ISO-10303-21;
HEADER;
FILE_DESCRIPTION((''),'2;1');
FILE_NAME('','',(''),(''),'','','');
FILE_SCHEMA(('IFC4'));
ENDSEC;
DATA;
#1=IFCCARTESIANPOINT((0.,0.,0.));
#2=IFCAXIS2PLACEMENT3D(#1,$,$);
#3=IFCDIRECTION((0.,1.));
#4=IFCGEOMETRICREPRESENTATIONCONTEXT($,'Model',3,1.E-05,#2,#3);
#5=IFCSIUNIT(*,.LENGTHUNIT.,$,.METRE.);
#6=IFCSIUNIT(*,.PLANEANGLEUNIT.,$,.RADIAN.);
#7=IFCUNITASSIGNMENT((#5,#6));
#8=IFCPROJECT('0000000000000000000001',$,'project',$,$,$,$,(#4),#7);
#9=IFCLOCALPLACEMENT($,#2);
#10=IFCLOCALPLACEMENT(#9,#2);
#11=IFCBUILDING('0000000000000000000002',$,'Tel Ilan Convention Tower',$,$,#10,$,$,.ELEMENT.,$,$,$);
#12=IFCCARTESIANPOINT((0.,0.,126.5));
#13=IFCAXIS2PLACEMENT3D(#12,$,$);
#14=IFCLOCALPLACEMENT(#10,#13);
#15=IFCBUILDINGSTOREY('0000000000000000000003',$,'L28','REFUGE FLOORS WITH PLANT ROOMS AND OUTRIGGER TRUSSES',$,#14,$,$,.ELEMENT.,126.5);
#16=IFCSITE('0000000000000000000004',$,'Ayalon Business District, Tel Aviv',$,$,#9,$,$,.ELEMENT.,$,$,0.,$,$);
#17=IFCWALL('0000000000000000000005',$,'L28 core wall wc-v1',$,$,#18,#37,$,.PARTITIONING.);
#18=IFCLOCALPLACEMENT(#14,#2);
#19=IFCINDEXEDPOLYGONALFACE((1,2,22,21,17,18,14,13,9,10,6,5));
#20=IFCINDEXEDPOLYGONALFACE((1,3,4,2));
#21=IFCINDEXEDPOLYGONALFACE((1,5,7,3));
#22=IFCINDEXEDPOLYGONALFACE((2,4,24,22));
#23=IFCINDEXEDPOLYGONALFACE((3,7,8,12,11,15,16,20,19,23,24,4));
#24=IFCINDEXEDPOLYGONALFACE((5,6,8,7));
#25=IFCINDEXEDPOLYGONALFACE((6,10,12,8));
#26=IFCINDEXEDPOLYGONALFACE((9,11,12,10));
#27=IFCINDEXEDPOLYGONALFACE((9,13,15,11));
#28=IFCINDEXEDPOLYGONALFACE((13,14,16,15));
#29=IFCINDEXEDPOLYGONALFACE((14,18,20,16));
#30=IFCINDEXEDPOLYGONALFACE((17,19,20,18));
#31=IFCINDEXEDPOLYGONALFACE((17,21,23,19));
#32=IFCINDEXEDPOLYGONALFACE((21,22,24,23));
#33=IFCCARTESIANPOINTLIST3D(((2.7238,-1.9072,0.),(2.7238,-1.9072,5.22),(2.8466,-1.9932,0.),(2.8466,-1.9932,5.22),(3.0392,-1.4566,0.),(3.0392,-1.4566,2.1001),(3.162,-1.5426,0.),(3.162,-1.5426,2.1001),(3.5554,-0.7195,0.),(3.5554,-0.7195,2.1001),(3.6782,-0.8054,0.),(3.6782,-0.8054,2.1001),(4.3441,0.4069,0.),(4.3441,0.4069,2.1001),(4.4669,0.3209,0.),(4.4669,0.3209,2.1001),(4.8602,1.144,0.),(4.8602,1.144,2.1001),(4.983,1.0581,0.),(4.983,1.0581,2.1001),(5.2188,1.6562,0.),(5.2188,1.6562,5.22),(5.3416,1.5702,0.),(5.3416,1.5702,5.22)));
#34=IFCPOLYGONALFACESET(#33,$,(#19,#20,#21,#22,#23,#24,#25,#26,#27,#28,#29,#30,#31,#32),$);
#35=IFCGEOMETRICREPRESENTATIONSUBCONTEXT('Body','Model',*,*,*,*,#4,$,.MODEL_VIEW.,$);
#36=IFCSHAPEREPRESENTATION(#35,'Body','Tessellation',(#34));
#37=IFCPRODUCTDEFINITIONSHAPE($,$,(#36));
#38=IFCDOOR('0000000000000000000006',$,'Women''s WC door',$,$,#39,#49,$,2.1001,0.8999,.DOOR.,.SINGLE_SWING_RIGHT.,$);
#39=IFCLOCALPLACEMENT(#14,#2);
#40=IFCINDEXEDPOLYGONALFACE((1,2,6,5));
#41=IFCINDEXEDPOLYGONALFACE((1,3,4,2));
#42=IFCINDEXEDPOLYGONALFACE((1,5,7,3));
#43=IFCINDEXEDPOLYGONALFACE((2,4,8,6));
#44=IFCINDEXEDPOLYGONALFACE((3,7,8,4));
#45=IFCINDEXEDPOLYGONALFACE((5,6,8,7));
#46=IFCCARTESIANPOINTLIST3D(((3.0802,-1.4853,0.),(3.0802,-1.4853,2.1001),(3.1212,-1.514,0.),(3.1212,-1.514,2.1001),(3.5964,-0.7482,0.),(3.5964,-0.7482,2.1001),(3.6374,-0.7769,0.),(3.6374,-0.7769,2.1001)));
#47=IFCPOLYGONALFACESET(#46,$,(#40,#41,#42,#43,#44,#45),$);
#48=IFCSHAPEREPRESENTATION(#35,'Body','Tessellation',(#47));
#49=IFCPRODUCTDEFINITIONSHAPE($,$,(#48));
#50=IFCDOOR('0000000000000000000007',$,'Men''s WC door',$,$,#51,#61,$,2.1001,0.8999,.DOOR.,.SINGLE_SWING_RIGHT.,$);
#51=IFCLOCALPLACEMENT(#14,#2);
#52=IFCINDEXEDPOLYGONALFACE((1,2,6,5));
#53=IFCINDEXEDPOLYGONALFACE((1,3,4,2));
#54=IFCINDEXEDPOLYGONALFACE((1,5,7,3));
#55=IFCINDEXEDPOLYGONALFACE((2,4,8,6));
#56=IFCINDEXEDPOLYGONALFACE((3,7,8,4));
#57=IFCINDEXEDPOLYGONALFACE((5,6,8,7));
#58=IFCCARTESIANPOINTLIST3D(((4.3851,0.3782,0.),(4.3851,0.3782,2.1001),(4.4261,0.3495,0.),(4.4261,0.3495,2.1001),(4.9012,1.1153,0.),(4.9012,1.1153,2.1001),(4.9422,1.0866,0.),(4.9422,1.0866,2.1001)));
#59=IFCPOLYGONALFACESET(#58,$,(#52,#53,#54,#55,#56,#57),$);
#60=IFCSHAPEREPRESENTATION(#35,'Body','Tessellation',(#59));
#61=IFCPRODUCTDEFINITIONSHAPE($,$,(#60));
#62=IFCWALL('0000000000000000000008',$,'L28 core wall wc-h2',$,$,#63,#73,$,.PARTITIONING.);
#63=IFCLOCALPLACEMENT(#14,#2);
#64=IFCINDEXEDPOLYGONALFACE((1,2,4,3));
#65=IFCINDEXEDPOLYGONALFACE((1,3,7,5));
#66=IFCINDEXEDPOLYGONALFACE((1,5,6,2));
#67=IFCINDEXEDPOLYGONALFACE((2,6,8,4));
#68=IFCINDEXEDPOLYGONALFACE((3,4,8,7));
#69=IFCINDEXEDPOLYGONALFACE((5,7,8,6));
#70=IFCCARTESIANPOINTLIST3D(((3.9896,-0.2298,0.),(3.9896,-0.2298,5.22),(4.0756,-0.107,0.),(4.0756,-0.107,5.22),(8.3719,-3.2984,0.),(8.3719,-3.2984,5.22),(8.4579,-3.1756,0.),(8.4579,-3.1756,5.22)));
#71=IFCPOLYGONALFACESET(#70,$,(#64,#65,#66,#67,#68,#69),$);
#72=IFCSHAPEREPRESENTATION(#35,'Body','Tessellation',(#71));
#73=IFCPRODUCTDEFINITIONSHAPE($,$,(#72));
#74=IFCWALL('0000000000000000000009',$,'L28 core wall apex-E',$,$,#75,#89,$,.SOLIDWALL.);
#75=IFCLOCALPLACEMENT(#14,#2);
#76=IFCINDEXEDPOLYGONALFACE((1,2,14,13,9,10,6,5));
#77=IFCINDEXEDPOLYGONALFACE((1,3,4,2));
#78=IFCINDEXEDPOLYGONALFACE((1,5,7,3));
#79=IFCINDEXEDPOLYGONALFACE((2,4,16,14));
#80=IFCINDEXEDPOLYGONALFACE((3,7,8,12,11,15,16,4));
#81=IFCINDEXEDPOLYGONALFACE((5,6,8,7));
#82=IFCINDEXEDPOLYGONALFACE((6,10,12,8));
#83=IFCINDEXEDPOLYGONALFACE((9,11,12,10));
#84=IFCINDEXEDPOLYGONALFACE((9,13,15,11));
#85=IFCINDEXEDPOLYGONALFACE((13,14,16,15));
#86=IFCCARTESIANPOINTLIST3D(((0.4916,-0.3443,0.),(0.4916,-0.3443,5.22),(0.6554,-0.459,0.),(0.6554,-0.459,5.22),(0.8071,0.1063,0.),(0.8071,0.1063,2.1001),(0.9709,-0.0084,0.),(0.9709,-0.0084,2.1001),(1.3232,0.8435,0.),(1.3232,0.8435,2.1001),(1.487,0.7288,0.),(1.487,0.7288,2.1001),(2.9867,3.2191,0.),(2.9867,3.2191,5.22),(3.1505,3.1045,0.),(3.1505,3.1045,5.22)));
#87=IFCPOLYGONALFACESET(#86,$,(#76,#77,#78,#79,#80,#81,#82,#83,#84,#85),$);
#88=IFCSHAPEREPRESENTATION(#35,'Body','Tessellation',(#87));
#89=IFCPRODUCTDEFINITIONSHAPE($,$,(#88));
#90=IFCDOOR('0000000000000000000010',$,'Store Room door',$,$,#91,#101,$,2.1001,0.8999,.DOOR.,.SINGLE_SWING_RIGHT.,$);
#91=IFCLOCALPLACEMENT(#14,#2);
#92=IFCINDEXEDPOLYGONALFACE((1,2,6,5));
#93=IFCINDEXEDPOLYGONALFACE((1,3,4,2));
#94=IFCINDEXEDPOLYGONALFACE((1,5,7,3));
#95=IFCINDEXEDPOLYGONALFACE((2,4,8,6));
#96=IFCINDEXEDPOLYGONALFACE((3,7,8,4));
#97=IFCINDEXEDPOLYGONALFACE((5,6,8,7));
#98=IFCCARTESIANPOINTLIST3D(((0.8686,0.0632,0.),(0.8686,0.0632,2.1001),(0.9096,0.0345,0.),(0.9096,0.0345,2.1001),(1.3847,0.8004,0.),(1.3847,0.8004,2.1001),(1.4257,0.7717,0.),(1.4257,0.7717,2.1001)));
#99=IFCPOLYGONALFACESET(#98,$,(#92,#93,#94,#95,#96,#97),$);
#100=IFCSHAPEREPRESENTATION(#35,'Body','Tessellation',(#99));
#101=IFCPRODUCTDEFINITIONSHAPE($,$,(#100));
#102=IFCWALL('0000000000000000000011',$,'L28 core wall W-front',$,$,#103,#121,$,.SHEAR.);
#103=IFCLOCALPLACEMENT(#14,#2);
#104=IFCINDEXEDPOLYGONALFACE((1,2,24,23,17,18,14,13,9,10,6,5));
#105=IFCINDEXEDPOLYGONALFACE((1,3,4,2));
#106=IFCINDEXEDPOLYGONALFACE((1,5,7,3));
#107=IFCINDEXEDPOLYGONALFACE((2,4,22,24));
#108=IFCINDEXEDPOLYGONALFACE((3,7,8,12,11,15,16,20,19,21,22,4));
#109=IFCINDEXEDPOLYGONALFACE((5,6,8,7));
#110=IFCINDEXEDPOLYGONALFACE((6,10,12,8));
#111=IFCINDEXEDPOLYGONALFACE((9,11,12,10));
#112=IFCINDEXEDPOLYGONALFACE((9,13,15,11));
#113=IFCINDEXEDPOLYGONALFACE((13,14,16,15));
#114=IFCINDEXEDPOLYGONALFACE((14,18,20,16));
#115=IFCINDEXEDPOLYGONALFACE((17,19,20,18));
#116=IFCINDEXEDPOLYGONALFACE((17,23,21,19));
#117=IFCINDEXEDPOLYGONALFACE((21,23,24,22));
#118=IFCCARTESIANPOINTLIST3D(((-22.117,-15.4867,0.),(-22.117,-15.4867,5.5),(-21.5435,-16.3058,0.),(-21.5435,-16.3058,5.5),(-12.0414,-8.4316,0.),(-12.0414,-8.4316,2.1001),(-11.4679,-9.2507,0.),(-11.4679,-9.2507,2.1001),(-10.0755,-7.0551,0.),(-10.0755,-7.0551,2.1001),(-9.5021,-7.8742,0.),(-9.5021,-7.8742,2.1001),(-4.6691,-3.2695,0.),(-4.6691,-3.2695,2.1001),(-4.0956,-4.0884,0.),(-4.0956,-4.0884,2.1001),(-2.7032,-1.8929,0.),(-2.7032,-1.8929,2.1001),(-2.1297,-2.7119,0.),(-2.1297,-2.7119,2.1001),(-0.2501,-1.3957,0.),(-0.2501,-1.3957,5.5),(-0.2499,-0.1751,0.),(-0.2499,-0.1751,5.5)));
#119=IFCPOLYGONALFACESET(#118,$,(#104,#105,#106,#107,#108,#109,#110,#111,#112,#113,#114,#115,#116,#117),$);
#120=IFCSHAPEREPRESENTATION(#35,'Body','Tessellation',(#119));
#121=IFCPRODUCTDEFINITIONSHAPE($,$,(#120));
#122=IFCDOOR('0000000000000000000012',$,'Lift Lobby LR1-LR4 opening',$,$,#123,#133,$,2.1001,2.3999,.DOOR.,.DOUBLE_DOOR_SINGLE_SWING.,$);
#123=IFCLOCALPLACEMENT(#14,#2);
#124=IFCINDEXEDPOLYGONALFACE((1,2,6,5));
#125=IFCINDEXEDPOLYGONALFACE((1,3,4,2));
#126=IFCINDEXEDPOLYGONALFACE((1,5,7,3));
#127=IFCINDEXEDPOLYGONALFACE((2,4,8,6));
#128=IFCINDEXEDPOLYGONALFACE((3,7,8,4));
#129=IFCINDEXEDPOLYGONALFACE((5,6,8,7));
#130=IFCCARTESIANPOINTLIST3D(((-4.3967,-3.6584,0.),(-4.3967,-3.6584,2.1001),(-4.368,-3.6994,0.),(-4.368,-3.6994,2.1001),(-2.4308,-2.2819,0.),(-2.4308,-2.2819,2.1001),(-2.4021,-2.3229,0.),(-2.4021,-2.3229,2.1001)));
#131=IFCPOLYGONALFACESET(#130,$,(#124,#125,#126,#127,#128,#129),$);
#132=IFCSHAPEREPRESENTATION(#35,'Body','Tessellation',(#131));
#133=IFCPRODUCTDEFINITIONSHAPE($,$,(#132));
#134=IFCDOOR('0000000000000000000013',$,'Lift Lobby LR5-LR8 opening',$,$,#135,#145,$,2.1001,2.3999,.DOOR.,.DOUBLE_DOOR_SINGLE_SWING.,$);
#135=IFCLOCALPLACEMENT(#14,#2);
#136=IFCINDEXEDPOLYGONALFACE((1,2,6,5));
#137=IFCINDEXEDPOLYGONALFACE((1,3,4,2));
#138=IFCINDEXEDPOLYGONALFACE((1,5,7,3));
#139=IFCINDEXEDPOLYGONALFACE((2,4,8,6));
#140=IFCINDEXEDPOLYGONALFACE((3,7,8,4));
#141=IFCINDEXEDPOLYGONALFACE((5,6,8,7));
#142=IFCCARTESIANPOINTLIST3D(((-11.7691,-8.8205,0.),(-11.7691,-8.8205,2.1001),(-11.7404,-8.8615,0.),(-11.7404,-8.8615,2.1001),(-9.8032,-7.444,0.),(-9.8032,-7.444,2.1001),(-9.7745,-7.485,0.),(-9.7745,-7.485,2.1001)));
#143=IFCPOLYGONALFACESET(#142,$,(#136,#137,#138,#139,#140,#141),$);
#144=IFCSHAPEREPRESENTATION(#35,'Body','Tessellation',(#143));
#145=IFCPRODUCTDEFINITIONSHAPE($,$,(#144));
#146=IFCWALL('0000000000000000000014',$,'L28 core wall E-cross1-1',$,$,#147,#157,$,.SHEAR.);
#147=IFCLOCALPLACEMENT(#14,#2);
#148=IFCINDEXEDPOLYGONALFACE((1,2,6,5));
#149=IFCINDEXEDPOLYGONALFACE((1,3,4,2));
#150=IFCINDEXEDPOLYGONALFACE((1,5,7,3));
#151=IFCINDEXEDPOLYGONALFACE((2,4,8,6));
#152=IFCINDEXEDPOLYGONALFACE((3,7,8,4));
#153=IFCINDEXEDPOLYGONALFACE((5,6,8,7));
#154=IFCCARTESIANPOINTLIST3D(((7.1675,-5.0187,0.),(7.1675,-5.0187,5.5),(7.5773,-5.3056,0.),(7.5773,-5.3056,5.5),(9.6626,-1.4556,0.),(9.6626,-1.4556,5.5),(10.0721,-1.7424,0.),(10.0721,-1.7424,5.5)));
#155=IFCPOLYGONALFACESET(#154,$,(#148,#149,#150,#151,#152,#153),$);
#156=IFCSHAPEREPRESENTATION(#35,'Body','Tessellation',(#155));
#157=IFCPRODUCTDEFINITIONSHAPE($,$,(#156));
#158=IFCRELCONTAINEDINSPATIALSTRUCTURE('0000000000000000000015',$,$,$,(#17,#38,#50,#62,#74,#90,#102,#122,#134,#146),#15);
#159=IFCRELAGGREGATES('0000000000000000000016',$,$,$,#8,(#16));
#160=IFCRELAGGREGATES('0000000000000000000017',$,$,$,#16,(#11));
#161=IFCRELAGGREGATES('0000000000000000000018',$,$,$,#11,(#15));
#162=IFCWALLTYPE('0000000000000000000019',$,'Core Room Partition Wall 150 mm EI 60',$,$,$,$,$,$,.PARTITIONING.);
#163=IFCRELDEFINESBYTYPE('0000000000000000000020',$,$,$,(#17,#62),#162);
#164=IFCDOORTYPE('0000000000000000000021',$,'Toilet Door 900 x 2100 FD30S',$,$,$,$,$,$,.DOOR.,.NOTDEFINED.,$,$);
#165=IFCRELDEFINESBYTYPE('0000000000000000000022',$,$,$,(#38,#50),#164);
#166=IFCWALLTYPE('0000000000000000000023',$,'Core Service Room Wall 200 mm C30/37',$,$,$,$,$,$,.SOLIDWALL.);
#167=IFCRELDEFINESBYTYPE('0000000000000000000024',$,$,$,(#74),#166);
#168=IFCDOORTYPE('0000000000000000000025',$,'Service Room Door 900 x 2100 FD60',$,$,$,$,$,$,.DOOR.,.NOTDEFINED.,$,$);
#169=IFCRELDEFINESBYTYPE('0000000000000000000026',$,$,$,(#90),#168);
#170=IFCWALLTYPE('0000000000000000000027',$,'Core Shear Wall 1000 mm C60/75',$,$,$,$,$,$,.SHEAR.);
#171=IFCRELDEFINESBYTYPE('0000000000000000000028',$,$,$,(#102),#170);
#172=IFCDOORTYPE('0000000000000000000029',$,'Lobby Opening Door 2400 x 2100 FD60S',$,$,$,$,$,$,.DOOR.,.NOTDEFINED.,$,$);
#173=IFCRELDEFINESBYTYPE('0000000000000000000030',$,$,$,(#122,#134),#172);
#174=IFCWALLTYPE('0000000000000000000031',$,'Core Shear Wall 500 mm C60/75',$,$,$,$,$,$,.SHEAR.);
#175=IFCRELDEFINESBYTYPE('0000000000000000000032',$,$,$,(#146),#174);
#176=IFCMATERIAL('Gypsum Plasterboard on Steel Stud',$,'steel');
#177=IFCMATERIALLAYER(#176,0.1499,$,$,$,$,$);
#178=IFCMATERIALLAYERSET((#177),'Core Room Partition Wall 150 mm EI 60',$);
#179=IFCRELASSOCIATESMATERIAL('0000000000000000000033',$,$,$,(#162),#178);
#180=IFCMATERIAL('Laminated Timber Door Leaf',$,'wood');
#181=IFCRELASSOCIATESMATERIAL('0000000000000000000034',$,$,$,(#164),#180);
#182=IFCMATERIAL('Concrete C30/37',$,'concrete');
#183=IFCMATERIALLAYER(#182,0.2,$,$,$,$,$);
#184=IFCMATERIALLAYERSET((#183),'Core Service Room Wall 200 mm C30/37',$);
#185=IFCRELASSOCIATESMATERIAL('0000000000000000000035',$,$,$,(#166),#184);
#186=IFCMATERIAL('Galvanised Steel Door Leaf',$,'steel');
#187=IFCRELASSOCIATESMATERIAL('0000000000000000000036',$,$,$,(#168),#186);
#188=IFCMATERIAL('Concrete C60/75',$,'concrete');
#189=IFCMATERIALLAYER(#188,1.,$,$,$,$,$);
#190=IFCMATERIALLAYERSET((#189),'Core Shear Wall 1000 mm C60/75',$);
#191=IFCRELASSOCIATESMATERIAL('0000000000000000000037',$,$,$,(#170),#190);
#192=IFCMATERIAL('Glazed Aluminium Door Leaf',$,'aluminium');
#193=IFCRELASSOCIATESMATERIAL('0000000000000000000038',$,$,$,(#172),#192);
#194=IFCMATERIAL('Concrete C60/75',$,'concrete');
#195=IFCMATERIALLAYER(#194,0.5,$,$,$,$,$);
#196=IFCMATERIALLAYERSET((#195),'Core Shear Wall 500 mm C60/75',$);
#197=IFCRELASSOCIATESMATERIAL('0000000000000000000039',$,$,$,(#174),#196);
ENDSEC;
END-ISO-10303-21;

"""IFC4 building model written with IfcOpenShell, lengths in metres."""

from ifc_helpers import new_model, si_unit, direction, frame, frame_2d, origin, place, context, subcontext, project, spatial, polyline, rectangle, outline, extrude, material, layer, layer_set, type_object, element, fill, save


model = new_model("IFC4")

# Units and contexts
model_context = context("Model", 3, precision=1e-05, world=origin(), true_north=direction((0.0, 1.0)))
body_context = subcontext(model_context, "Body", "Model", "MODEL_VIEW")
ifc_project = project(units=[si_unit("LENGTHUNIT", "METRE"), si_unit("PLANEANGLEUNIT", "RADIAN")], contexts=[model_context])

# Site, building, storey
site_placement = place(None, origin())
site = spatial("IfcSite", under=ifc_project, at=site_placement, Name="Ayalon Business District, Tel Aviv", CompositionType="ELEMENT", RefElevation=0.0)
building_placement = place(site_placement, origin())
building = spatial("IfcBuilding", under=site, at=building_placement, Name="Tel Ilan Convention Tower", CompositionType="ELEMENT")
storey_placement = place(building_placement, frame((0.0, 0.0, 126.5)))
storey = spatial("IfcBuildingStorey", under=building, at=storey_placement, Name="L28", Description="REFUGE FLOORS WITH PLANT ROOMS AND OUTRIGGER TRUSSES", CompositionType="ELEMENT", Elevation=126.5)

# Wall, openings, doors
ifc_material_1 = material(Name="Gypsum Plasterboard on Steel Stud", Category="steel")
ifc_layer_1 = layer(ifc_material_1, 0.1499)
ifc_layer_set_1 = layer_set([ifc_layer_1], Name="Core Room Partition Wall 150 mm EI 60")
wall_type_1 = type_object("IfcWallType", Name="Core Room Partition Wall 150 mm EI 60", PredefinedType="PARTITIONING", material=ifc_layer_set_1)
wall_1_placement = place(storey_placement, frame((2.7852, -1.9502, 0.0), z_axis=(0.0, 0.0, 1.0), x_axis=(0.573568, 0.819158, 0.0)))
wall_1 = element("IfcWall", 1, at=wall_1_placement, inside=storey, type_object=wall_type_1, Name="L28 core wall wc-v1", PredefinedType="PARTITIONING", context=body_context, shape_type="SweptSolid", body=[
    extrude(rectangle(XDim=4.3501, YDim=0.1499, at=frame_2d((2.175, 0.0))), origin(), (0.0, 0.0, 1.0), 5.22),
])
opening_1_placement = place(wall_1_placement, frame((0.55, 0.0, 0.0)))
opening_1 = element("IfcOpeningElement", 2, at=opening_1_placement, cuts=wall_1, PredefinedType="OPENING", context=body_context, shape_type="SweptSolid", body=[
    extrude(rectangle(XDim=0.8999, YDim=2.1001, at=frame_2d((0.45, 1.05))), frame((0.0, 0.085, 0.0), z_axis=(0.0, -1.0, 0.0), x_axis=(1.0, 0.0, 0.0)), (0.0, 0.0, 1.0), 0.1699),
])
opening_2_placement = place(wall_1_placement, frame((2.825, 0.0, 0.0)))
opening_2 = element("IfcOpeningElement", 3, at=opening_2_placement, cuts=wall_1, PredefinedType="OPENING", context=body_context, shape_type="SweptSolid", body=[
    extrude(rectangle(XDim=0.8999, YDim=2.1001, at=frame_2d((0.45, 1.05))), frame((0.0, 0.085, 0.0), z_axis=(0.0, -1.0, 0.0), x_axis=(1.0, 0.0, 0.0)), (0.0, 0.0, 1.0), 0.1699),
])
ifc_material_2 = material(Name="Laminated Timber Door Leaf", Category="wood")
door_type_1 = type_object("IfcDoorType", Name="Toilet Door 900 x 2100 FD30S", OperationType="NOTDEFINED", PredefinedType="DOOR", material=ifc_material_2)
door_1_placement = place(opening_1_placement, origin())
door_1 = element("IfcDoor", 4, at=door_1_placement, inside=storey, type_object=door_type_1, Name="Women's WC door", OperationType="SINGLE_SWING_RIGHT", OverallHeight=2.1001, OverallWidth=0.8999, PredefinedType="DOOR", context=body_context, shape_type="SweptSolid", body=[
    extrude(rectangle(XDim=0.8999, YDim=2.1001, at=frame_2d((0.45, 1.05))), frame((0.0, 0.0249, 0.0), z_axis=(0.0, -1.0, 0.0), x_axis=(1.0, 0.0, 0.0)), (0.0, 0.0, 1.0), 0.05),
])
fill(opening_1, door_1)
door_2_placement = place(opening_2_placement, origin())
door_2 = element("IfcDoor", 5, at=door_2_placement, inside=storey, type_object=door_type_1, Name="Men's WC door", OperationType="SINGLE_SWING_RIGHT", OverallHeight=2.1001, OverallWidth=0.8999, PredefinedType="DOOR", context=body_context, shape_type="SweptSolid", body=[
    extrude(rectangle(XDim=0.8999, YDim=2.1001, at=frame_2d((0.45, 1.05))), frame((0.0, 0.0249, 0.0), z_axis=(0.0, -1.0, 0.0), x_axis=(1.0, 0.0, 0.0)), (0.0, 0.0, 1.0), 0.05),
])
fill(opening_2, door_2)

# Wall
wall_2_placement = place(storey_placement, frame((4.0327, -0.1685, 0.0), z_axis=(0.0, 0.0, 1.0), x_axis=(0.819146, -0.573585, 0.0)))
element("IfcWall", 6, at=wall_2_placement, inside=storey, type_object=wall_type_1, Name="L28 core wall wc-h2", PredefinedType="PARTITIONING", context=body_context, shape_type="SweptSolid", body=[
    extrude(rectangle(XDim=5.3499, YDim=0.1499, at=frame_2d((2.6748, 0.0))), origin(), (0.0, 0.0, 1.0), 5.22),
])

# Wall, opening, door
ifc_material_3 = material(Name="Concrete C30/37", Category="concrete")
ifc_layer_2 = layer(ifc_material_3, 0.2)
ifc_layer_set_2 = layer_set([ifc_layer_2], Name="Core Service Room Wall 200 mm C30/37")
wall_type_2 = type_object("IfcWallType", Name="Core Service Room Wall 200 mm C30/37", PredefinedType="SOLIDWALL", material=ifc_layer_set_2)
wall_3_placement = place(storey_placement, frame((0.5735, -0.4016, 0.0), z_axis=(0.0, 0.0, 1.0), x_axis=(0.573568, 0.819158, 0.0)))
wall_3 = element("IfcWall", 7, at=wall_3_placement, inside=storey, type_object=wall_type_2, Name="L28 core wall apex-E", PredefinedType="SOLIDWALL", context=body_context, shape_type="SweptSolid", body=[
    extrude(rectangle(XDim=4.3501, YDim=0.2, at=frame_2d((2.175, 0.0))), origin(), (0.0, 0.0, 1.0), 5.22),
])
opening_3_placement = place(wall_3_placement, frame((0.55, 0.0, 0.0)))
opening_3 = element("IfcOpeningElement", 8, at=opening_3_placement, cuts=wall_3, PredefinedType="OPENING", context=body_context, shape_type="SweptSolid", body=[
    extrude(rectangle(XDim=0.8999, YDim=2.1001, at=frame_2d((0.45, 1.05))), frame((0.0, 0.1099, 0.0), z_axis=(0.0, -1.0, 0.0), x_axis=(1.0, 0.0, 0.0)), (0.0, 0.0, 1.0), 0.22),
])
ifc_material_4 = material(Name="Galvanised Steel Door Leaf", Category="steel")
door_type_2 = type_object("IfcDoorType", Name="Service Room Door 900 x 2100 FD60", OperationType="NOTDEFINED", PredefinedType="DOOR", material=ifc_material_4)
door_3_placement = place(opening_3_placement, origin())
door_3 = element("IfcDoor", 9, at=door_3_placement, inside=storey, type_object=door_type_2, Name="Store Room door", OperationType="SINGLE_SWING_RIGHT", OverallHeight=2.1001, OverallWidth=0.8999, PredefinedType="DOOR", context=body_context, shape_type="SweptSolid", body=[
    extrude(rectangle(XDim=0.8999, YDim=2.1001, at=frame_2d((0.45, 1.05))), frame((0.0, 0.0249, 0.0), z_axis=(0.0, -1.0, 0.0), x_axis=(1.0, 0.0, 0.0)), (0.0, 0.0, 1.0), 0.05),
])
fill(opening_3, door_3)

# Wall, openings, doors
ifc_material_5 = material(Name="Concrete C60/75", Category="concrete")
ifc_layer_3 = layer(ifc_material_5, 1.0)
ifc_layer_set_3 = layer_set([ifc_layer_3], Name="Core Shear Wall 1000 mm C60/75")
wall_type_3 = type_object("IfcWallType", Name="Core Shear Wall 1000 mm C60/75", PredefinedType="SHEAR", material=ifc_layer_set_3)
wall_4_placement = place(storey_placement, frame((0.0369, -0.5847, 0.0), z_axis=(0.0, 0.0, 1.0), x_axis=(-0.819157, -0.573569, 0.0)))
wall_4 = element("IfcWall", 10, at=wall_4_placement, inside=storey, type_object=wall_type_3, Name="L28 core wall W-front", PredefinedType="SHEAR", context=body_context, shape_type="SweptSolid", body=[
    extrude(outline(polyline([(26.6948, 0.5002), (0.7002, 0.4998), (0.0, -0.5), (26.6948, -0.4998), (26.6948, 0.5002)])), origin(), (0.0, 0.0, 1.0), 5.5),
])
opening_4_placement = place(wall_4_placement, frame((2.9949, 0.0, 0.0)))
opening_4 = element("IfcOpeningElement", 11, at=opening_4_placement, cuts=wall_4, PredefinedType="OPENING", context=body_context, shape_type="SweptSolid", body=[
    extrude(rectangle(XDim=2.3999, YDim=2.1001, at=frame_2d((1.2, 1.05))), frame((0.0, 0.51, 0.0), z_axis=(0.0, -1.0, 0.0), x_axis=(1.0, 0.0, 0.0)), (0.0, 0.0, 1.0), 1.02),
])
opening_5_placement = place(wall_4_placement, frame((11.9949, 0.0, 0.0)))
opening_5 = element("IfcOpeningElement", 12, at=opening_5_placement, cuts=wall_4, PredefinedType="OPENING", context=body_context, shape_type="SweptSolid", body=[
    extrude(rectangle(XDim=2.3999, YDim=2.1001, at=frame_2d((1.2, 1.05))), frame((0.0, 0.51, 0.0), z_axis=(0.0, -1.0, 0.0), x_axis=(1.0, 0.0, 0.0)), (0.0, 0.0, 1.0), 1.02),
])
ifc_material_6 = material(Name="Glazed Aluminium Door Leaf", Category="aluminium")
door_type_3 = type_object("IfcDoorType", Name="Lobby Opening Door 2400 x 2100 FD60S", OperationType="NOTDEFINED", PredefinedType="DOOR", material=ifc_material_6)
door_4_placement = place(opening_4_placement, origin())
door_4 = element("IfcDoor", 13, at=door_4_placement, inside=storey, type_object=door_type_3, Name="Lift Lobby LR1-LR4 opening", OperationType="DOUBLE_DOOR_SINGLE_SWING", OverallHeight=2.1001, OverallWidth=2.3999, PredefinedType="DOOR", context=body_context, shape_type="SweptSolid", body=[
    extrude(rectangle(XDim=2.3999, YDim=2.1001, at=frame_2d((1.2, 1.05))), frame((0.0, 0.0249, 0.0), z_axis=(0.0, -1.0, 0.0), x_axis=(1.0, 0.0, 0.0)), (0.0, 0.0, 1.0), 0.05),
])
fill(opening_4, door_4)
door_5_placement = place(opening_5_placement, origin())
door_5 = element("IfcDoor", 14, at=door_5_placement, inside=storey, type_object=door_type_3, Name="Lift Lobby LR5-LR8 opening", OperationType="DOUBLE_DOOR_SINGLE_SWING", OverallHeight=2.1001, OverallWidth=2.3999, PredefinedType="DOOR", context=body_context, shape_type="SweptSolid", body=[
    extrude(rectangle(XDim=2.3999, YDim=2.1001, at=frame_2d((1.2, 1.05))), frame((0.0, 0.0249, 0.0), z_axis=(0.0, -1.0, 0.0), x_axis=(1.0, 0.0, 0.0)), (0.0, 0.0, 1.0), 0.05),
])
fill(opening_5, door_5)

# Wall
ifc_material_7 = material(Name="Concrete C60/75", Category="concrete")
ifc_layer_4 = layer(ifc_material_7, 0.5)
ifc_layer_set_4 = layer_set([ifc_layer_4], Name="Core Shear Wall 500 mm C60/75")
wall_type_4 = type_object("IfcWallType", Name="Core Shear Wall 500 mm C60/75", PredefinedType="SHEAR", material=ifc_layer_set_4)
wall_5_placement = place(storey_placement, frame((7.3723, -5.1621, 0.0), z_axis=(0.0, 0.0, 1.0), x_axis=(0.573594, 0.81914, 0.0)))
element("IfcWall", 15, at=wall_5_placement, inside=storey, type_object=wall_type_4, Name="L28 core wall E-cross1-1", PredefinedType="SHEAR", context=body_context, shape_type="SweptSolid", body=[
    extrude(outline(polyline([(0.0, 0.25), (0.0, -0.2502), (4.3499, -0.25), (4.3499, 0.25), (0.0, 0.25)])), origin(), (0.0, 0.0, 1.0), 5.5),
])

save(model, "model.ifc")
